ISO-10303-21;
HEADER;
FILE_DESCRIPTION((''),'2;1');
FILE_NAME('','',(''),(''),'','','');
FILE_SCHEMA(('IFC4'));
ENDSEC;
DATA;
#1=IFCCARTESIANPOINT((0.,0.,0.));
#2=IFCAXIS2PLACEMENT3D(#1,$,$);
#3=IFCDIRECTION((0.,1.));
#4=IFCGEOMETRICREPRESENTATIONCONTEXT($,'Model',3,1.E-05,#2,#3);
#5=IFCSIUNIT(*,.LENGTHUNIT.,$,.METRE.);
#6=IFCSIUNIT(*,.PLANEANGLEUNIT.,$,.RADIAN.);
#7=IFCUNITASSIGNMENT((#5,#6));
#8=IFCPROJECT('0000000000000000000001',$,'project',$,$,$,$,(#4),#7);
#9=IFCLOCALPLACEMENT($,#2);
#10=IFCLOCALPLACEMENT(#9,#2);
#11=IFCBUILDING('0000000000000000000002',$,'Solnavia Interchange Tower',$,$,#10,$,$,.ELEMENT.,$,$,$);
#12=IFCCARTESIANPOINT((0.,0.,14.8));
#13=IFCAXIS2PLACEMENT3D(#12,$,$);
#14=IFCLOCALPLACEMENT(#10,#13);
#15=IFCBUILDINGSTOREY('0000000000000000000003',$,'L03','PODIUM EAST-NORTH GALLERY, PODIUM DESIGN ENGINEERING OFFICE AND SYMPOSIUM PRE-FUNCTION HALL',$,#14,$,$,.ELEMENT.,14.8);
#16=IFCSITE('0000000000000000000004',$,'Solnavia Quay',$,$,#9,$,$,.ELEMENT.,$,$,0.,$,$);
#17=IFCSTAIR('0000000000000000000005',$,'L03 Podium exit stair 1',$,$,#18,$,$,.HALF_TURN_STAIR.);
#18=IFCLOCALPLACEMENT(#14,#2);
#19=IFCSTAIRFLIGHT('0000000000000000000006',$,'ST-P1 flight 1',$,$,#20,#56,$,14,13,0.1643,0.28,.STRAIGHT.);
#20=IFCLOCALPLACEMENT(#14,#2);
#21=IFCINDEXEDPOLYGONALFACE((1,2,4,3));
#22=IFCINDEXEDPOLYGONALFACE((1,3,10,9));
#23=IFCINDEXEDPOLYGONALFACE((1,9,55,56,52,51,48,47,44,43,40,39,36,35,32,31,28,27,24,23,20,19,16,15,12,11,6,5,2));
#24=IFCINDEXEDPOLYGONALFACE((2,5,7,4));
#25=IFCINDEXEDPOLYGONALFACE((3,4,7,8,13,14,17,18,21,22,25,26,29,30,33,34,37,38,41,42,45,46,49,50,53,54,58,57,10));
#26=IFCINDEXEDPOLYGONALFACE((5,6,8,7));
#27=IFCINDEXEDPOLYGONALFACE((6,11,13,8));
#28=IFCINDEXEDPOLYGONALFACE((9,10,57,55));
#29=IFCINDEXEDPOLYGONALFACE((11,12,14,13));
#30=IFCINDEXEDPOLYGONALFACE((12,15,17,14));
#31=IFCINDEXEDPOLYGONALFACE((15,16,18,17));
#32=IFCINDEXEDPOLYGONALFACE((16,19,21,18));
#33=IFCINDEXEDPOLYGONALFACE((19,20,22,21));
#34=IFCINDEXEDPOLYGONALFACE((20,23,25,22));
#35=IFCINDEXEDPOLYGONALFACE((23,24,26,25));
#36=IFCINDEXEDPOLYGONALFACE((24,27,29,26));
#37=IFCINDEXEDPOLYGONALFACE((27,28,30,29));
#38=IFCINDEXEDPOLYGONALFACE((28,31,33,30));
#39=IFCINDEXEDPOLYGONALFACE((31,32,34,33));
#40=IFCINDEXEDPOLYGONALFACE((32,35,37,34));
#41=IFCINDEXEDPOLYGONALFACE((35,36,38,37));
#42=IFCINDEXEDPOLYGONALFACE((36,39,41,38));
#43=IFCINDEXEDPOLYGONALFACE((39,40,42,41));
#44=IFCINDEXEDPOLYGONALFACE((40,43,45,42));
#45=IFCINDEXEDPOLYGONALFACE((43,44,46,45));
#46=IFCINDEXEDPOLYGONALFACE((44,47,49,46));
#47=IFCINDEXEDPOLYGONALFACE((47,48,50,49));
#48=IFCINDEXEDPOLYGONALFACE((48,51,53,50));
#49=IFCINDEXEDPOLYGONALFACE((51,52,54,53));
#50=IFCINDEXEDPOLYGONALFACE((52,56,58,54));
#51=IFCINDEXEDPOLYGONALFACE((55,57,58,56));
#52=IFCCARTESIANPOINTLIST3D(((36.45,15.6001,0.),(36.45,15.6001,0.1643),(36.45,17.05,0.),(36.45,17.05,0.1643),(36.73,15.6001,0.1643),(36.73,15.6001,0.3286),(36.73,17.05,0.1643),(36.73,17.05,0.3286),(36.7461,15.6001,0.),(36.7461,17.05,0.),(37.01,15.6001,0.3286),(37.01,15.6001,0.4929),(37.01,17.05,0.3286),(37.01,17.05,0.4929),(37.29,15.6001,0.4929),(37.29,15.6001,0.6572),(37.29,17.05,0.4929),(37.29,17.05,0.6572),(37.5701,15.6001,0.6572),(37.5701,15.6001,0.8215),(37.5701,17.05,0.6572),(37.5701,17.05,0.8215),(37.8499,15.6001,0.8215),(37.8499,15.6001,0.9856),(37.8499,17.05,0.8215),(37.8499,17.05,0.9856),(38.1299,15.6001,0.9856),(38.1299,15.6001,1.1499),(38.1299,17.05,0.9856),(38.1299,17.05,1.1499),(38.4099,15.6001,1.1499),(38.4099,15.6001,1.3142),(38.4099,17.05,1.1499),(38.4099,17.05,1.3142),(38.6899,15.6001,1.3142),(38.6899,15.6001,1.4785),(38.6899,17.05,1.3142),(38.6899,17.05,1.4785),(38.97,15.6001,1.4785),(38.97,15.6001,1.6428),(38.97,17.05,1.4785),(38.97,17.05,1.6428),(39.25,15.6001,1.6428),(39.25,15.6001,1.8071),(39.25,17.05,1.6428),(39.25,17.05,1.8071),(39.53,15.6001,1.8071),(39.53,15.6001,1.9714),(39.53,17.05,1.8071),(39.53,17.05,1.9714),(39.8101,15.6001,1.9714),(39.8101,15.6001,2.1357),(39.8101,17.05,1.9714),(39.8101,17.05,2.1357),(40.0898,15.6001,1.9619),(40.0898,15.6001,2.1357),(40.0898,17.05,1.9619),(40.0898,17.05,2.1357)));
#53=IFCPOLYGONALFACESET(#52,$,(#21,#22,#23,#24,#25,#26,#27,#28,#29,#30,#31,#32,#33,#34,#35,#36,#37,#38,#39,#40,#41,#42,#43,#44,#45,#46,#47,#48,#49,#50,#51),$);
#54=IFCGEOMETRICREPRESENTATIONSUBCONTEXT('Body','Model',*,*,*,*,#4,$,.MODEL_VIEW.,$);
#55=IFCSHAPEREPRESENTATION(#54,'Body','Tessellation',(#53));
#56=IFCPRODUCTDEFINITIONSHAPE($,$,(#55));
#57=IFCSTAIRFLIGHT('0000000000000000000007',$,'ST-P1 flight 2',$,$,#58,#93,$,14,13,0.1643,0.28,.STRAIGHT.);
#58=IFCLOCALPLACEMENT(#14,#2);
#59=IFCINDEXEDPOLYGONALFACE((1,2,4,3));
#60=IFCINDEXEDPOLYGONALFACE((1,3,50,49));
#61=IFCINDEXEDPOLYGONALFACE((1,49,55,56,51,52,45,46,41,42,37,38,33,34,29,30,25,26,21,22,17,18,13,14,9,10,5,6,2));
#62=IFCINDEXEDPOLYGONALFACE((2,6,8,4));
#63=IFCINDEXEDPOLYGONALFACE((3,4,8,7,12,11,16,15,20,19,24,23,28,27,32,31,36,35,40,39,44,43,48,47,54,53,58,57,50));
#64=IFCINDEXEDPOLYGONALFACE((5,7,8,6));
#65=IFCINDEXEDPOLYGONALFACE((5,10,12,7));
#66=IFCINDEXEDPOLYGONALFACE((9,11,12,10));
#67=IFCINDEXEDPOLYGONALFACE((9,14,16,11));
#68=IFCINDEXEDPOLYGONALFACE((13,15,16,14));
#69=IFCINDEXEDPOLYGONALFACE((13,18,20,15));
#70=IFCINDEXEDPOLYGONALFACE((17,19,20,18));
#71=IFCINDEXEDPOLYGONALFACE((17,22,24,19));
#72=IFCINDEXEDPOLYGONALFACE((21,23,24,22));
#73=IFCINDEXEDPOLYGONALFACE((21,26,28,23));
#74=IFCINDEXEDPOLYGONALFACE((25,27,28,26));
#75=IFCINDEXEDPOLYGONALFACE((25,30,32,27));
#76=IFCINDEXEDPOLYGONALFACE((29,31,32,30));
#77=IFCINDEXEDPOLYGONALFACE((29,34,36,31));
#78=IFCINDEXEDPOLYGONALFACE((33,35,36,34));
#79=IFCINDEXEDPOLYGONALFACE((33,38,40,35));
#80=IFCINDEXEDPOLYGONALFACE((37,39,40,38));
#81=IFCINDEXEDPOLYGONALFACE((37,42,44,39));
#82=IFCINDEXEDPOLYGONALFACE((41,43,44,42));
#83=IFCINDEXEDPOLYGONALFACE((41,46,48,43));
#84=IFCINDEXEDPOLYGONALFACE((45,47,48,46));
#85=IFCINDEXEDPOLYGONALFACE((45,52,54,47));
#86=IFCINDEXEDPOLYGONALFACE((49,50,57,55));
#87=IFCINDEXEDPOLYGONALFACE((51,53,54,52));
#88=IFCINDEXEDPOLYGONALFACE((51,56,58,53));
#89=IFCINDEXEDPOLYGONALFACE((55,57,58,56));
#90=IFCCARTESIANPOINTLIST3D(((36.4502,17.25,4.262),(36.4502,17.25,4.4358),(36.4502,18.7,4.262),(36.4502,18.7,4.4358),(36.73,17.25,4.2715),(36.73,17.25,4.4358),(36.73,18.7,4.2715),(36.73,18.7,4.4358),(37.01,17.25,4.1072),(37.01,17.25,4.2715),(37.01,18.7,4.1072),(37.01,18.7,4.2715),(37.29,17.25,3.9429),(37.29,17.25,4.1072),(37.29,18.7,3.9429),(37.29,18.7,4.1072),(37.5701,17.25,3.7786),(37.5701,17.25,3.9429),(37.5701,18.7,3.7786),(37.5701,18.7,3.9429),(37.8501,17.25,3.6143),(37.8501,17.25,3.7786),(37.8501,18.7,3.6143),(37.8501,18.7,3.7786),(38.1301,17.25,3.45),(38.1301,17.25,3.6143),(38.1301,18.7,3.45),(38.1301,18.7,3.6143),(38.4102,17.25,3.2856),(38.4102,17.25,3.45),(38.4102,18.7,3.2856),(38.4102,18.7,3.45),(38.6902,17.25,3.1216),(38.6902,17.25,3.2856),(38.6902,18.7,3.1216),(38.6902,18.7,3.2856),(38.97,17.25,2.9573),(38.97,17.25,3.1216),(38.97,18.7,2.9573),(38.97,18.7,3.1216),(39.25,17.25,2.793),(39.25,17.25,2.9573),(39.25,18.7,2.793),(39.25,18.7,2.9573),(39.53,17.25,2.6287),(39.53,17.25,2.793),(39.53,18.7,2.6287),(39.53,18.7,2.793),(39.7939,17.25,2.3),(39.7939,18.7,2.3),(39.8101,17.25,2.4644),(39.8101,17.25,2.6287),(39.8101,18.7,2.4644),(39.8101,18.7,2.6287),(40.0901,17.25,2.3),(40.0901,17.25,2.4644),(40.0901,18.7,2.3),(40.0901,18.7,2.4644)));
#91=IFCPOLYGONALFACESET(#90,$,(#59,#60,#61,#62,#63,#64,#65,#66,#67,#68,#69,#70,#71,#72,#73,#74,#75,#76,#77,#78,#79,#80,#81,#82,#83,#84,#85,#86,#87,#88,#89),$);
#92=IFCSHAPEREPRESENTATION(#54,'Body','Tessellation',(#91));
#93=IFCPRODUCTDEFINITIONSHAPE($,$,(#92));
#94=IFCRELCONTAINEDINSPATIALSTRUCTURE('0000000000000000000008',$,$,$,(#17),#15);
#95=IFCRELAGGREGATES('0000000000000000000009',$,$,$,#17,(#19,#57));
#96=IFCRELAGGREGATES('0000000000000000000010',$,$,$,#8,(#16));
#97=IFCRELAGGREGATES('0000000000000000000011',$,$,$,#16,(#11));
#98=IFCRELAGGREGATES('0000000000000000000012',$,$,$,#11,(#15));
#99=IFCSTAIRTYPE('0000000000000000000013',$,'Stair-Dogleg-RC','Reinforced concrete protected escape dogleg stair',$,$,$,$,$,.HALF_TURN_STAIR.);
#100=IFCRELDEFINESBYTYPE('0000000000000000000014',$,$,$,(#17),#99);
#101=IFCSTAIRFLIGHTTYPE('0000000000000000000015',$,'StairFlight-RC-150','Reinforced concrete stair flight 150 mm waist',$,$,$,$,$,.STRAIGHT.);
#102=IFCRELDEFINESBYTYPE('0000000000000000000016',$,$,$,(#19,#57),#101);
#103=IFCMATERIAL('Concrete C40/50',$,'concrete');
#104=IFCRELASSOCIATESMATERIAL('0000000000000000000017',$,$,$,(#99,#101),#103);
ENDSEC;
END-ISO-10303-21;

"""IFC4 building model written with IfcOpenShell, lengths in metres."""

from ifc_helpers import new_model, si_unit, direction, frame, origin, place, context, subcontext, project, spatial, polyline, outline, extrude, material, type_object, element, aggregate, save


model = new_model("IFC4")

# Units and contexts
model_context = context("Model", 3, precision=1e-05, world=origin(), true_north=direction((0.0, 1.0)))
body_context = subcontext(model_context, "Body", "Model", "MODEL_VIEW")
ifc_project = project(units=[si_unit("LENGTHUNIT", "METRE"), si_unit("PLANEANGLEUNIT", "RADIAN")], contexts=[model_context])

# Site, building, storey
site_placement = place(None, origin())
site = spatial("IfcSite", under=ifc_project, at=site_placement, Name="Solnavia Quay", CompositionType="ELEMENT", RefElevation=0.0)
building_placement = place(site_placement, origin())
building = spatial("IfcBuilding", under=site, at=building_placement, Name="Solnavia Interchange Tower", CompositionType="ELEMENT")
storey_placement = place(building_placement, frame((0.0, 0.0, 14.8)))
storey = spatial("IfcBuildingStorey", under=building, at=storey_placement, Name="L03", Description="PODIUM EAST-NORTH GALLERY, PODIUM DESIGN ENGINEERING OFFICE AND SYMPOSIUM PRE-FUNCTION HALL", CompositionType="ELEMENT", Elevation=14.8)

# Shared definitions
ifc_material_1 = material(Name="Concrete C40/50", Category="concrete")

# Stair, stair flights
stair_type = type_object("IfcStairType", Name="Stair-Dogleg-RC", Description="Reinforced concrete protected escape dogleg stair", PredefinedType="HALF_TURN_STAIR", material=ifc_material_1)
stair_placement = place(storey_placement, origin())
stair = element("IfcStair", 1, at=stair_placement, inside=storey, type_object=stair_type, Name="L03 Podium exit stair 1", PredefinedType="HALF_TURN_STAIR")
stair_flight_type = type_object("IfcStairFlightType", Name="StairFlight-RC-150", Description="Reinforced concrete stair flight 150 mm waist", PredefinedType="STRAIGHT", material=ifc_material_1)
stair_flight_1_placement = place(storey_placement, frame((36.45, 16.325, 0.0), z_axis=(0.0, 0.0, 1.0), x_axis=(1.0, 0.0, 0.0)))
stair_flight_1 = element("IfcStairFlight", 2, at=stair_flight_1_placement, type_object=stair_flight_type, Name="ST-P1 flight 1", NumberOfRisers=14, NumberOfTreads=13, PredefinedType="STRAIGHT", RiserHeight=0.1643, TreadLength=0.28, context=body_context, shape_type="SweptSolid", body=[
    extrude(outline(polyline([(0.0, 0.0), (0.0, 0.1643), (0.28, 0.1643), (0.28, 0.3286), (0.5601, 0.3286), (0.5601, 0.4929), (0.8401, 0.4929), (0.8401, 0.6572), (1.1201, 0.6572), (1.1201, 0.8215), (1.3999, 0.8215), (1.3999, 0.9856), (1.6799, 0.9856), (1.6799, 1.1499), (1.96, 1.1499), (1.96, 1.3142), (2.24, 1.3142), (2.24, 1.4785), (2.52, 1.4785), (2.52, 1.6428), (2.8, 1.6428), (2.8, 1.8071), (3.0801, 1.8071), (3.0801, 1.9714), (3.3601, 1.9714), (3.3601, 2.1357), (3.6399, 2.1357), (3.6399, 2.3), (3.6399, 1.9619), (0.2961, 0.0), (0.0, 0.0)])), frame((0.0, 0.7251, 0.0), z_axis=(0.0, -1.0, 0.0), x_axis=(1.0, 0.0, 0.0)), (0.0, 0.0, 1.0), 1.45),
])
stair_flight_2_placement = place(storey_placement, frame((40.0901, 17.9751, 2.3), z_axis=(0.0, 0.0, 1.0), x_axis=(-1.0, 0.0, 0.0)))
stair_flight_2 = element("IfcStairFlight", 3, at=stair_flight_2_placement, type_object=stair_flight_type, Name="ST-P1 flight 2", NumberOfRisers=14, NumberOfTreads=13, PredefinedType="STRAIGHT", RiserHeight=0.1643, TreadLength=0.28, context=body_context, shape_type="SweptSolid", body=[
    extrude(outline(polyline([(0.0, 0.0), (0.0, 0.1643), (0.28, 0.1643), (0.28, 0.3286), (0.5601, 0.3286), (0.5601, 0.4929), (0.8401, 0.4929), (0.8401, 0.6572), (1.1201, 0.6572), (1.1201, 0.8215), (1.3999, 0.8215), (1.3999, 0.9856), (1.6799, 0.9856), (1.6799, 1.1499), (1.96, 1.1499), (1.96, 1.3142), (2.24, 1.3142), (2.24, 1.4785), (2.52, 1.4785), (2.52, 1.6428), (2.8, 1.6428), (2.8, 1.8071), (3.0801, 1.8071), (3.0801, 1.9714), (3.3601, 1.9714), (3.3601, 2.1357), (3.6399, 2.1357), (3.6399, 2.3), (3.6399, 1.9619), (0.2961, 0.0), (0.0, 0.0)])), frame((0.0, 0.7251, 0.0), z_axis=(0.0, -1.0, 0.0), x_axis=(1.0, 0.0, 0.0)), (0.0, 0.0, 1.0), 1.45),
])
aggregate(stair, [stair_flight_1, stair_flight_2])

save(model, "model.ifc")
